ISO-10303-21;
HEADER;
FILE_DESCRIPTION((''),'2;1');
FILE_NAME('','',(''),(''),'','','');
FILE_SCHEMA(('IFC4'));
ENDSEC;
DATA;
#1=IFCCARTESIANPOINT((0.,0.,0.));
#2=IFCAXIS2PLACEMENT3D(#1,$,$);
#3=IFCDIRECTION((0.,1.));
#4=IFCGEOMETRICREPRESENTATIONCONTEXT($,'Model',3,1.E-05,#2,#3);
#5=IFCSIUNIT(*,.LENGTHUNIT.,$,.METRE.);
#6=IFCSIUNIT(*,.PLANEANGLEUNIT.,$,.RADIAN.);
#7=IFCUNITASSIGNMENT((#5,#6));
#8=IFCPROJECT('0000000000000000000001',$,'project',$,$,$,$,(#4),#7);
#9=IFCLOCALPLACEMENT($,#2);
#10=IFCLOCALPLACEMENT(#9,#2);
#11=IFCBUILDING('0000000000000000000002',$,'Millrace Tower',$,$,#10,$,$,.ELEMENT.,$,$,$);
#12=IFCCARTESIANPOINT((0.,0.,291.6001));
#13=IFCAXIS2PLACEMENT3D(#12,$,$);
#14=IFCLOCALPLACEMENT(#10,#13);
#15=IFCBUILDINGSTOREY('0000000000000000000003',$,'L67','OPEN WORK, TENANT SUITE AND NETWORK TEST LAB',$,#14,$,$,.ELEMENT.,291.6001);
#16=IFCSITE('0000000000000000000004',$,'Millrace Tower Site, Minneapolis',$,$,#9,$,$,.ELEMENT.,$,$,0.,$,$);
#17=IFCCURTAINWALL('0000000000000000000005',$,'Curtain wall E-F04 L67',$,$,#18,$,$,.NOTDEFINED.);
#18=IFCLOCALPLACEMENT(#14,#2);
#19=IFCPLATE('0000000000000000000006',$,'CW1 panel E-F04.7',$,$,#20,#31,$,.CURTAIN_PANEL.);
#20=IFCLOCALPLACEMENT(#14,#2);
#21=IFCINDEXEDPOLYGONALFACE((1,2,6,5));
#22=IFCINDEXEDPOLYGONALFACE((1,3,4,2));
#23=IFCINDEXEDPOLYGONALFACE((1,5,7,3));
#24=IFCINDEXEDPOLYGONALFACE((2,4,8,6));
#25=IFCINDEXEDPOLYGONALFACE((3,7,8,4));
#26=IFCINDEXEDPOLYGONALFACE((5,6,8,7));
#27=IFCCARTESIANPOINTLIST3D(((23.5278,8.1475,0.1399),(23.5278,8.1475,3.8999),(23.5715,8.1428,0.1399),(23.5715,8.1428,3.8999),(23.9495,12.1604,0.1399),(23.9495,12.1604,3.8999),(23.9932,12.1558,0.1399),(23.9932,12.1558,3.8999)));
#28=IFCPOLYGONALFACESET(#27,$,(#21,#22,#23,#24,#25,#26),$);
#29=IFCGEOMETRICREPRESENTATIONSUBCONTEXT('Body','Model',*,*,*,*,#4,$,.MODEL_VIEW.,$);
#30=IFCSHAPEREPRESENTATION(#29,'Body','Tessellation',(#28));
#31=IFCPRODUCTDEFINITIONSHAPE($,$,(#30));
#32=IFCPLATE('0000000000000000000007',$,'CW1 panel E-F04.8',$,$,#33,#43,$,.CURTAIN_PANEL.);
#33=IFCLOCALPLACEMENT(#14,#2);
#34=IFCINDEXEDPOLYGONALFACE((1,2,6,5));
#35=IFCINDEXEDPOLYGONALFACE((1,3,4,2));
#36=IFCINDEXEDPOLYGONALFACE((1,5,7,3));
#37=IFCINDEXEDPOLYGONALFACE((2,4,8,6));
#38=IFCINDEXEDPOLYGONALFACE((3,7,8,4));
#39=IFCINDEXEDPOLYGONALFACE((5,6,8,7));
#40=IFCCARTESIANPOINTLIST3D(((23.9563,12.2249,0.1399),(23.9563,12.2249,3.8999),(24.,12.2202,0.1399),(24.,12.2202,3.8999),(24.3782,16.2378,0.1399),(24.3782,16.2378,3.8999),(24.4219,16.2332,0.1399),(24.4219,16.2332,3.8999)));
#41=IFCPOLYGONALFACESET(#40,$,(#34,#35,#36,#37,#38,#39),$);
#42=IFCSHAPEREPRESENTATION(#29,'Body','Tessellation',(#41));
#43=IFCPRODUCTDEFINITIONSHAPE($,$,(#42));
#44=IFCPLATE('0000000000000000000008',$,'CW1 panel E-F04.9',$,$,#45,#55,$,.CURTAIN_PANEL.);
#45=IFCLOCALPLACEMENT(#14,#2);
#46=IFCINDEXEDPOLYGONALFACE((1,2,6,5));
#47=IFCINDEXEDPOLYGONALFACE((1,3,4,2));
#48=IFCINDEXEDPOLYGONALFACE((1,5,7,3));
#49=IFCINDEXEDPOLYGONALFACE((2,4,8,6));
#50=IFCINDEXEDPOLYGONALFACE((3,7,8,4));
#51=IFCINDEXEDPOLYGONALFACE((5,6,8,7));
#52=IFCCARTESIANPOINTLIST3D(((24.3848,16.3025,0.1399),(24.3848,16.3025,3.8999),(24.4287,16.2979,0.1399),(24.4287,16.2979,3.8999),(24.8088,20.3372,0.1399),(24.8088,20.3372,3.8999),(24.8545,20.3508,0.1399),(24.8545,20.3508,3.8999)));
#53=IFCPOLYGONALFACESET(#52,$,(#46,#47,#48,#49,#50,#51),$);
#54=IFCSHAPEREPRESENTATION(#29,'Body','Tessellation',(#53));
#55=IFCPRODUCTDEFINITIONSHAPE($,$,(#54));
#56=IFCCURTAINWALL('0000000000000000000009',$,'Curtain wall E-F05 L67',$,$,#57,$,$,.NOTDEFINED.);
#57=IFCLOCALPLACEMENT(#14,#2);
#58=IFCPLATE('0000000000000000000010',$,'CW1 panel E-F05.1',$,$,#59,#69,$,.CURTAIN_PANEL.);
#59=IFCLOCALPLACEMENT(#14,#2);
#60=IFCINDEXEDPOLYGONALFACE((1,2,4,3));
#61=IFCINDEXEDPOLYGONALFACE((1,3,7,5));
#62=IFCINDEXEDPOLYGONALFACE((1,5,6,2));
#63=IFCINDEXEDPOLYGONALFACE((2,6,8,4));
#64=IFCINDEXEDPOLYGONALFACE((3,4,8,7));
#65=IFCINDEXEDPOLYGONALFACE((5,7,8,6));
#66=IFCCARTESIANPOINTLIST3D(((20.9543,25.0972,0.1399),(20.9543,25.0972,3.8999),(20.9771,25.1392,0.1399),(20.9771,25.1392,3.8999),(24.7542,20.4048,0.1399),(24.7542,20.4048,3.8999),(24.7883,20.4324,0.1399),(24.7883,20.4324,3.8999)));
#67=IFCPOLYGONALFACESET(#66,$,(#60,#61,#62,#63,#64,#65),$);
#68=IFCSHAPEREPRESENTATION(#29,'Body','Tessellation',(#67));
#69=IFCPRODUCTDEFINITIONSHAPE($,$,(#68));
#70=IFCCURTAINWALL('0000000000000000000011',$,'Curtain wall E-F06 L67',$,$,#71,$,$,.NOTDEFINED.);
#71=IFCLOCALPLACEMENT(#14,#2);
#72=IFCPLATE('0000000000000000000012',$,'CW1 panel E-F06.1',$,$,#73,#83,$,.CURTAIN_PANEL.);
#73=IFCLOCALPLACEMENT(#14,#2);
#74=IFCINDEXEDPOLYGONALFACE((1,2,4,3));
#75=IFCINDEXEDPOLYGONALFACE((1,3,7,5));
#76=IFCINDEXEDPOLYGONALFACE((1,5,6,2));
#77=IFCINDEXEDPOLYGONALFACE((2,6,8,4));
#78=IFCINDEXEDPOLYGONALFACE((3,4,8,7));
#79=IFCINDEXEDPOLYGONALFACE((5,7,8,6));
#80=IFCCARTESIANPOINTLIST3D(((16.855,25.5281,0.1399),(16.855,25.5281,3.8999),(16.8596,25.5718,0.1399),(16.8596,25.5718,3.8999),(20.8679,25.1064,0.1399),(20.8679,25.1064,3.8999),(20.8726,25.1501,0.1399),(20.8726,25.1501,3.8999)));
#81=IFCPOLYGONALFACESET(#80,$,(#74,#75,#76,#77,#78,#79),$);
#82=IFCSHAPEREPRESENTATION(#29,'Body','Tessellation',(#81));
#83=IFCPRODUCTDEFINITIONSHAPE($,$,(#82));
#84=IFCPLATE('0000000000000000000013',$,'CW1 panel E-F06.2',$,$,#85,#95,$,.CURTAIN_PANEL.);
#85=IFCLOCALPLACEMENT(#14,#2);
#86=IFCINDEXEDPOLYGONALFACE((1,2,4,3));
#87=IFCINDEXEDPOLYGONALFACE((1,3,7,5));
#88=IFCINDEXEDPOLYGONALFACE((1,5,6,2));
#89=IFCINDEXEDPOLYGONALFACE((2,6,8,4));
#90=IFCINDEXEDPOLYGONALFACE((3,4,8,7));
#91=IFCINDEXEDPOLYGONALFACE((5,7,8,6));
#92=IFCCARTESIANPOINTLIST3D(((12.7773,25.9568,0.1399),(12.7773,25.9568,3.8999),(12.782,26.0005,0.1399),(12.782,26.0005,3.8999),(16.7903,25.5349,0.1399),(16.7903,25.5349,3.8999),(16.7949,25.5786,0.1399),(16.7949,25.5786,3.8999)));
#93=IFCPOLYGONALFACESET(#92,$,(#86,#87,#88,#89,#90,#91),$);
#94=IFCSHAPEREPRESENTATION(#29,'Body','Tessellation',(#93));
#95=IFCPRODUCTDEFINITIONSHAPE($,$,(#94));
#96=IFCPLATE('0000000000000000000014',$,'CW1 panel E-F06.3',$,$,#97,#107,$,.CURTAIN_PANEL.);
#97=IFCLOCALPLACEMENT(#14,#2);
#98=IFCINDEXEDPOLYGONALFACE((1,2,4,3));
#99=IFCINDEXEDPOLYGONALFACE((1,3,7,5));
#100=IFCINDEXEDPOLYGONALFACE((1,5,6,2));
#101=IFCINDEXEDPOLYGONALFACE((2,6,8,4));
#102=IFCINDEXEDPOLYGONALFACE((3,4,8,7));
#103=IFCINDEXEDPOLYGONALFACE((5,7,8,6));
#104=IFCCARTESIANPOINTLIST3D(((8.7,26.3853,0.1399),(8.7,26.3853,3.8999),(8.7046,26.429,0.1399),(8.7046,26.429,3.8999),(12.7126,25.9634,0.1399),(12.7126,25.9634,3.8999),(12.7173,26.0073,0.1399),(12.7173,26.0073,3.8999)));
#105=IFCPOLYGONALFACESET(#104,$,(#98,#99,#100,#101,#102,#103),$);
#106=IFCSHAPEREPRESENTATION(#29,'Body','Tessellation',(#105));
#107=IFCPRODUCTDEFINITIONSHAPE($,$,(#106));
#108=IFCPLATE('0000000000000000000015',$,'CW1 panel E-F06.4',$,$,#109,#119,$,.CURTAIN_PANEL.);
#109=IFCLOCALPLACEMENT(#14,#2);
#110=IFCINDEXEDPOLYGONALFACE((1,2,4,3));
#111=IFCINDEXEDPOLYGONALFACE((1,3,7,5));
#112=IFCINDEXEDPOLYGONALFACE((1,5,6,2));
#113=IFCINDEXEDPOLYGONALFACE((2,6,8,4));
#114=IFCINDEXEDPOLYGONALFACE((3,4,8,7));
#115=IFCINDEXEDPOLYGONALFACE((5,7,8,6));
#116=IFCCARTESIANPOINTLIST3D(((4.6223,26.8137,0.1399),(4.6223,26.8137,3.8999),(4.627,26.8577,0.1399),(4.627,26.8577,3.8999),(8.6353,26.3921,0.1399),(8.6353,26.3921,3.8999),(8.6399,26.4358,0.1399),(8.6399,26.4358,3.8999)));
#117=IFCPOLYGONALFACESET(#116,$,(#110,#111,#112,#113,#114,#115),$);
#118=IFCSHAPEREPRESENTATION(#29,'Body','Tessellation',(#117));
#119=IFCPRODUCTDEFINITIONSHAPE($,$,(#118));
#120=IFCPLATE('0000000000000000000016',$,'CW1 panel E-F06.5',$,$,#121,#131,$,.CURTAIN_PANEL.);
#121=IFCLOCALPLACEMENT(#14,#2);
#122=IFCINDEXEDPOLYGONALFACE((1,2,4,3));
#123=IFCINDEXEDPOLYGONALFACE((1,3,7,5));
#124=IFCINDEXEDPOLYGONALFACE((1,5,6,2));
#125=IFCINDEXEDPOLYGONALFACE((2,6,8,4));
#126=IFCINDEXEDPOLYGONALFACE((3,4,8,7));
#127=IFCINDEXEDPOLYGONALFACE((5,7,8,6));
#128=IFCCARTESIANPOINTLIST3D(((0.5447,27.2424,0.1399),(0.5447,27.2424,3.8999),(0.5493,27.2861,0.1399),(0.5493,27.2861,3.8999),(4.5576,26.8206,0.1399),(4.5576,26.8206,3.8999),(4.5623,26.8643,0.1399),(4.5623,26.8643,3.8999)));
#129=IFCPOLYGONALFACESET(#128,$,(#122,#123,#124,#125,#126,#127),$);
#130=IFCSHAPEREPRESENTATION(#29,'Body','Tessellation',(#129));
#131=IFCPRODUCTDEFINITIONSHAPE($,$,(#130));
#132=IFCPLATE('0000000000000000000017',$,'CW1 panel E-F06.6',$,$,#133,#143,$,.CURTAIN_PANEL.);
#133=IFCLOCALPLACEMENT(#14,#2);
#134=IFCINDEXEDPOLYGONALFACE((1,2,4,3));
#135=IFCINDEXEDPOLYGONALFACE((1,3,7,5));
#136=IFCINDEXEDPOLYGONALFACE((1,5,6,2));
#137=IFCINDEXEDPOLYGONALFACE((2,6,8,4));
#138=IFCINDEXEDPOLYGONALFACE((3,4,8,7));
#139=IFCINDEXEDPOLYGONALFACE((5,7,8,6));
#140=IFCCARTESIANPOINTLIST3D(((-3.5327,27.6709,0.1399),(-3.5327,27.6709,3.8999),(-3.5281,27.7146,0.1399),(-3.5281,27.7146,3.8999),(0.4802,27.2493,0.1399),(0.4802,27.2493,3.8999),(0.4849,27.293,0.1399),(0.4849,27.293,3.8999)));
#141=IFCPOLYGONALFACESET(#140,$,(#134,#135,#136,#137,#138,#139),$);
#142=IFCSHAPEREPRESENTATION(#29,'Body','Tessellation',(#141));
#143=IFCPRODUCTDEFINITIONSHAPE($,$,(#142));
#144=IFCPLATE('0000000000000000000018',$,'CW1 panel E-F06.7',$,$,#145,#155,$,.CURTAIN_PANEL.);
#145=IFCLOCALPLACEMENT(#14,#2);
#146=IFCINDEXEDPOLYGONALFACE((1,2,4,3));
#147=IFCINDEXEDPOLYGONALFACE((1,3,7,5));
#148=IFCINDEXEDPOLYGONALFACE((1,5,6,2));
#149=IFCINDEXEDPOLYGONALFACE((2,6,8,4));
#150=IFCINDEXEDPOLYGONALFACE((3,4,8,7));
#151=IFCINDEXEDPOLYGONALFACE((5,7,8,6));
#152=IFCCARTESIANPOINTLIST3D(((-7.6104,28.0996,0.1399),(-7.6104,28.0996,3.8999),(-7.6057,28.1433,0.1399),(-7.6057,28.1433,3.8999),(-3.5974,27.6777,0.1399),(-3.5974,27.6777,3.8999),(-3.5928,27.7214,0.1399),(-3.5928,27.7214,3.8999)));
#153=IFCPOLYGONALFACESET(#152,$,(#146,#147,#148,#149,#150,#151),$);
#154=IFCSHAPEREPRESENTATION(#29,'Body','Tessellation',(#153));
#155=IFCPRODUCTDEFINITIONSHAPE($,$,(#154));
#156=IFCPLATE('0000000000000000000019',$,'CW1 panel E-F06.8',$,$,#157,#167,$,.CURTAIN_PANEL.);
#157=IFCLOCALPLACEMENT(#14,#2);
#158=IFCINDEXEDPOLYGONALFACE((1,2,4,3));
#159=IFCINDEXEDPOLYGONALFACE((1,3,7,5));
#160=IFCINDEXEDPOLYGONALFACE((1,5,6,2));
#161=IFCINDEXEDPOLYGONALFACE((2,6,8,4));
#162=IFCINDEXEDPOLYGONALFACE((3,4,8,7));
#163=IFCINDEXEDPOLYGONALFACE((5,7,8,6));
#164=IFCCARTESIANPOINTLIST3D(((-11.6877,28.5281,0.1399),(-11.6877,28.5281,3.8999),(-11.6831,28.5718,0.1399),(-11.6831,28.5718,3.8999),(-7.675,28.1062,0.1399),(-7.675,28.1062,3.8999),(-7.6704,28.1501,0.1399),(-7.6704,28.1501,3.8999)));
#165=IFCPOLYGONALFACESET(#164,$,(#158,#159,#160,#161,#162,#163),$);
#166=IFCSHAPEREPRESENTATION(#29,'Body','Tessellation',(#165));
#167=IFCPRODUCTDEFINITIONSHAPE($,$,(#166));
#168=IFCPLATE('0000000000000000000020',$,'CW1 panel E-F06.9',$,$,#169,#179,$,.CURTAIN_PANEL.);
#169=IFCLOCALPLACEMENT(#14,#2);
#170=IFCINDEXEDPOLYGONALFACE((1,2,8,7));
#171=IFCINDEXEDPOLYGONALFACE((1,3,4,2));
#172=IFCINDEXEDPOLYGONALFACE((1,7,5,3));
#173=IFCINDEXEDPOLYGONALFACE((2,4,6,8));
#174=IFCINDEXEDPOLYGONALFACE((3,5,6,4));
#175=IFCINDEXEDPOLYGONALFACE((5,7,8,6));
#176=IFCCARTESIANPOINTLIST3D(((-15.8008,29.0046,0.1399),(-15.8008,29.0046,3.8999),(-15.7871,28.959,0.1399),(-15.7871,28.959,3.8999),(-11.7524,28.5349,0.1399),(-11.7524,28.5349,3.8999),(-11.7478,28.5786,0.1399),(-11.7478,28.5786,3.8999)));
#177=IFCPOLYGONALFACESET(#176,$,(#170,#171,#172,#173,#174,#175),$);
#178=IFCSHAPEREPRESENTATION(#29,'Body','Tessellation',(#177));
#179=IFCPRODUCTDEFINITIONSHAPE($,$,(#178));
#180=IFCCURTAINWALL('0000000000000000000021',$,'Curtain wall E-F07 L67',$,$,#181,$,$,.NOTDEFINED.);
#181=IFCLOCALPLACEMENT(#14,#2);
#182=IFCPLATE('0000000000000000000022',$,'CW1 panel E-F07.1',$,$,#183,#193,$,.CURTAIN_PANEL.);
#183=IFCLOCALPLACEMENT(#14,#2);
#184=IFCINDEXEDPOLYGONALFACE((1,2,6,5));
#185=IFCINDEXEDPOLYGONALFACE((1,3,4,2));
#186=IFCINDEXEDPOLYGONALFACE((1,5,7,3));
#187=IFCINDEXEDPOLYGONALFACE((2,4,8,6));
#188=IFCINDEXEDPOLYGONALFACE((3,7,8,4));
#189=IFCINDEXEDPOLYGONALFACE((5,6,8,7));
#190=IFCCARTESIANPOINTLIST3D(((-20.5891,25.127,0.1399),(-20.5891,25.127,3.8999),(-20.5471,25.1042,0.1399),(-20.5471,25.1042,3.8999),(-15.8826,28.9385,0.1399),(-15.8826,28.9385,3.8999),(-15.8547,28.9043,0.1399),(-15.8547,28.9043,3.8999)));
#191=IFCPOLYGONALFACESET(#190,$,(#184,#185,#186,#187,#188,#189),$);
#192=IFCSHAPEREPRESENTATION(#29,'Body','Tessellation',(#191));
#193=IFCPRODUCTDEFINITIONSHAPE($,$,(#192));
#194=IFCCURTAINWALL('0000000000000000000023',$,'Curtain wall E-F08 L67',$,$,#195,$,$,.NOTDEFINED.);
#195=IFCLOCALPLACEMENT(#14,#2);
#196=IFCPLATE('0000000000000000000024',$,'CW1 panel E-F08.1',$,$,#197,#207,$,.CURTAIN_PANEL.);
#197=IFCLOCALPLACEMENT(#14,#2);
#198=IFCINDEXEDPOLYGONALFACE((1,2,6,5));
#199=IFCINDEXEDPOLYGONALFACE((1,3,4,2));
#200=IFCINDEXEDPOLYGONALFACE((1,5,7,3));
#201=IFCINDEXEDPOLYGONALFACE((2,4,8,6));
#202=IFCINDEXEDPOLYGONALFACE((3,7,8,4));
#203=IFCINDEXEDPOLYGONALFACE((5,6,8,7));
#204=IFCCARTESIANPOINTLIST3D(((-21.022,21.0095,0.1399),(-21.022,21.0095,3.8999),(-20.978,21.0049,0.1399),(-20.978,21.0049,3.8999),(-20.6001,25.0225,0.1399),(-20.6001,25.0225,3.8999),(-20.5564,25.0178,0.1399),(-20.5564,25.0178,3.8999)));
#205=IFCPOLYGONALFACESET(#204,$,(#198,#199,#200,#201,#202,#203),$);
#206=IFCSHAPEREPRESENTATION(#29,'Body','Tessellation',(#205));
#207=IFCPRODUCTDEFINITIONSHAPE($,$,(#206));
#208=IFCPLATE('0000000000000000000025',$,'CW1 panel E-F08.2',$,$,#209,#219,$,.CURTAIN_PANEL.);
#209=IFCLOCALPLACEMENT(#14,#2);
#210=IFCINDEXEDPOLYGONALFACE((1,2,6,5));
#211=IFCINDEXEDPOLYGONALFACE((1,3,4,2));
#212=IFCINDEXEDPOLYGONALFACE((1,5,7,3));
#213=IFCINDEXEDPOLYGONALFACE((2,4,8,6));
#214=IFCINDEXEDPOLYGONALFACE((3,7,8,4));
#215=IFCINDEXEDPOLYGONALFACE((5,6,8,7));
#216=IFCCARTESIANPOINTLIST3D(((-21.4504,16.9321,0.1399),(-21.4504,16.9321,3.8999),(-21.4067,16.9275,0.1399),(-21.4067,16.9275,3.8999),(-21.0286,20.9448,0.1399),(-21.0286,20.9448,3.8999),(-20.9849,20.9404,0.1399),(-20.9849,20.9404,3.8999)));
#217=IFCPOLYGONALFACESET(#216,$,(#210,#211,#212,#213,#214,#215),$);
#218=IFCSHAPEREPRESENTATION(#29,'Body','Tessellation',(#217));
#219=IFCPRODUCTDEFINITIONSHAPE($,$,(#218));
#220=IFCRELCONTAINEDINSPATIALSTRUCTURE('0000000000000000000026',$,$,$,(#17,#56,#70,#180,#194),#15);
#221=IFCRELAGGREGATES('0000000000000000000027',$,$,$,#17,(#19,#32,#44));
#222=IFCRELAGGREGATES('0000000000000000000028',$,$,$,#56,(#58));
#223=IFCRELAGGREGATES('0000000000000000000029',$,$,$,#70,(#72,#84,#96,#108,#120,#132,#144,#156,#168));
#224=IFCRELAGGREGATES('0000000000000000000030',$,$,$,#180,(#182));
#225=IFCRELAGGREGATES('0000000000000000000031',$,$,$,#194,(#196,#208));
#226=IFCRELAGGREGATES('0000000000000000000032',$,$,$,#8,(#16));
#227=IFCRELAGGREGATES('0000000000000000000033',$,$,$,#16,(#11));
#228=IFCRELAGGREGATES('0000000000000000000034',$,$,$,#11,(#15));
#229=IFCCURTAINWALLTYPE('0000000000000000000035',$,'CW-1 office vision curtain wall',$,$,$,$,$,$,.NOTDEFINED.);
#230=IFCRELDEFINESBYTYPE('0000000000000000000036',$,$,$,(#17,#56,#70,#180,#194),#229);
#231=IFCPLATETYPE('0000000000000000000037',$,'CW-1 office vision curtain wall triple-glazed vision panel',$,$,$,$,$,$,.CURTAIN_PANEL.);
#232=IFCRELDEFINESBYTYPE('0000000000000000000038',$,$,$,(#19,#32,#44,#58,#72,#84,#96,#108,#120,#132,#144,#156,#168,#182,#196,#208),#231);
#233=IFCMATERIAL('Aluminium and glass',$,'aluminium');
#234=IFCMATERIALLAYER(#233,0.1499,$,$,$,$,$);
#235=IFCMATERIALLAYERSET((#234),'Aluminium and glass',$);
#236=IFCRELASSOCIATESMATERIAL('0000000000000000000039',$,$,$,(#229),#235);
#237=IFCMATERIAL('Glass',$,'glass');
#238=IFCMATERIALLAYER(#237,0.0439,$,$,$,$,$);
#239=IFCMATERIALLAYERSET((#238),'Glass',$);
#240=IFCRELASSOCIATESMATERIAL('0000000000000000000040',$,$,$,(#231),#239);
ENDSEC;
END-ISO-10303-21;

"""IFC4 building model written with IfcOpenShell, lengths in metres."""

from ifc_helpers import new_model, si_unit, direction, frame, origin, place, context, subcontext, project, spatial, polyline, outline, extrude, material, layer, layer_set, type_object, element, aggregate, save


model = new_model("IFC4")

# Units and contexts
model_context = context("Model", 3, precision=1e-05, world=origin(), true_north=direction((0.0, 1.0)))
body_context = subcontext(model_context, "Body", "Model", "MODEL_VIEW")
ifc_project = project(units=[si_unit("LENGTHUNIT", "METRE"), si_unit("PLANEANGLEUNIT", "RADIAN")], contexts=[model_context])

# Site, building, storey
site_placement = place(None, origin())
site = spatial("IfcSite", under=ifc_project, at=site_placement, Name="Millrace Tower Site, Minneapolis", CompositionType="ELEMENT", RefElevation=0.0)
building_placement = place(site_placement, origin())
building = spatial("IfcBuilding", under=site, at=building_placement, Name="Millrace Tower", CompositionType="ELEMENT")
storey_placement = place(building_placement, frame((0.0, 0.0, 291.6001)))
storey = spatial("IfcBuildingStorey", under=building, at=storey_placement, Name="L67", Description="OPEN WORK, TENANT SUITE AND NETWORK TEST LAB", CompositionType="ELEMENT", Elevation=291.6001)

# Curtain wall, plates
ifc_material_1 = material(Name="Aluminium and glass", Category="aluminium")
ifc_layer_1 = layer(ifc_material_1, 0.1499)
ifc_layer_set_1 = layer_set([ifc_layer_1], Name="Aluminium and glass")
curtain_wall_type = type_object("IfcCurtainWallType", Name="CW-1 office vision curtain wall", PredefinedType="NOTDEFINED", material=ifc_layer_set_1)
placement_1 = place(storey_placement, origin())
curtain_wall_1 = element("IfcCurtainWall", 1, at=placement_1, inside=storey, type_object=curtain_wall_type, Name="Curtain wall E-F04 L67", PredefinedType="NOTDEFINED")
ifc_material_2 = material(Name="Glass", Category="glass")
ifc_layer_2 = layer(ifc_material_2, 0.0439)
ifc_layer_set_2 = layer_set([ifc_layer_2], Name="Glass")
plate_type = type_object("IfcPlateType", Name="CW-1 office vision curtain wall triple-glazed vision panel", PredefinedType="CURTAIN_PANEL", material=ifc_layer_set_2)
placement_2 = place(storey_placement, frame((0.0, 0.0, 0.1399)))
plate_1 = element("IfcPlate", 2, at=placement_2, type_object=plate_type, Name="CW1 panel E-F04.7", PredefinedType="CURTAIN_PANEL", context=body_context, shape_type="SweptSolid", body=[
    extrude(outline(polyline([(23.5715, 8.1428), (23.9932, 12.1558), (23.9495, 12.1604), (23.5278, 8.1475), (23.5715, 8.1428)])), origin(), (0.0, 0.0, 1.0), 3.76),
])
plate_2 = element("IfcPlate", 3, at=placement_2, type_object=plate_type, Name="CW1 panel E-F04.8", PredefinedType="CURTAIN_PANEL", context=body_context, shape_type="SweptSolid", body=[
    extrude(outline(polyline([(24.0, 12.2202), (24.4219, 16.2332), (24.3782, 16.2378), (23.9563, 12.2249), (24.0, 12.2202)])), origin(), (0.0, 0.0, 1.0), 3.76),
])
plate_3 = element("IfcPlate", 4, at=placement_2, type_object=plate_type, Name="CW1 panel E-F04.9", PredefinedType="CURTAIN_PANEL", context=body_context, shape_type="SweptSolid", body=[
    extrude(outline(polyline([(24.4287, 16.2979), (24.8545, 20.3508), (24.8088, 20.3372), (24.3848, 16.3025), (24.4287, 16.2979)])), origin(), (0.0, 0.0, 1.0), 3.76),
])
aggregate(curtain_wall_1, [plate_1, plate_2, plate_3])

# Curtain wall, plate
curtain_wall_2 = element("IfcCurtainWall", 5, at=placement_1, inside=storey, type_object=curtain_wall_type, Name="Curtain wall E-F05 L67", PredefinedType="NOTDEFINED")
plate_4 = element("IfcPlate", 6, at=placement_2, type_object=plate_type, Name="CW1 panel E-F05.1", PredefinedType="CURTAIN_PANEL", context=body_context, shape_type="SweptSolid", body=[
    extrude(outline(polyline([(24.7883, 20.4324), (20.9771, 25.1392), (20.9543, 25.0972), (24.7542, 20.4048), (24.7883, 20.4324)])), origin(), (0.0, 0.0, 1.0), 3.76),
])
aggregate(curtain_wall_2, [plate_4])

# Curtain wall, plates
curtain_wall_3 = element("IfcCurtainWall", 7, at=placement_1, inside=storey, type_object=curtain_wall_type, Name="Curtain wall E-F06 L67", PredefinedType="NOTDEFINED")
plate_5 = element("IfcPlate", 8, at=placement_2, type_object=plate_type, Name="CW1 panel E-F06.1", PredefinedType="CURTAIN_PANEL", context=body_context, shape_type="SweptSolid", body=[
    extrude(outline(polyline([(20.8726, 25.1501), (16.8596, 25.5718), (16.855, 25.5281), (20.8679, 25.1064), (20.8726, 25.1501)])), origin(), (0.0, 0.0, 1.0), 3.76),
])
plate_6 = element("IfcPlate", 9, at=placement_2, type_object=plate_type, Name="CW1 panel E-F06.2", PredefinedType="CURTAIN_PANEL", context=body_context, shape_type="SweptSolid", body=[
    extrude(outline(polyline([(16.7949, 25.5786), (12.782, 26.0005), (12.7773, 25.9568), (16.7903, 25.5349), (16.7949, 25.5786)])), origin(), (0.0, 0.0, 1.0), 3.76),
])
plate_7 = element("IfcPlate", 10, at=placement_2, type_object=plate_type, Name="CW1 panel E-F06.3", PredefinedType="CURTAIN_PANEL", context=body_context, shape_type="SweptSolid", body=[
    extrude(outline(polyline([(12.7173, 26.0073), (8.7046, 26.429), (8.7, 26.3853), (12.7126, 25.9634), (12.7173, 26.0073)])), origin(), (0.0, 0.0, 1.0), 3.76),
])
plate_8 = element("IfcPlate", 11, at=placement_2, type_object=plate_type, Name="CW1 panel E-F06.4", PredefinedType="CURTAIN_PANEL", context=body_context, shape_type="SweptSolid", body=[
    extrude(outline(polyline([(8.6399, 26.4358), (4.627, 26.8577), (4.6223, 26.8137), (8.6353, 26.3921), (8.6399, 26.4358)])), origin(), (0.0, 0.0, 1.0), 3.76),
])
plate_9 = element("IfcPlate", 12, at=placement_2, type_object=plate_type, Name="CW1 panel E-F06.5", PredefinedType="CURTAIN_PANEL", context=body_context, shape_type="SweptSolid", body=[
    extrude(outline(polyline([(4.5623, 26.8643), (0.5493, 27.2861), (0.5447, 27.2424), (4.5576, 26.8206), (4.5623, 26.8643)])), origin(), (0.0, 0.0, 1.0), 3.76),
])
plate_10 = element("IfcPlate", 13, at=placement_2, type_object=plate_type, Name="CW1 panel E-F06.6", PredefinedType="CURTAIN_PANEL", context=body_context, shape_type="SweptSolid", body=[
    extrude(outline(polyline([(0.4849, 27.293), (-3.5281, 27.7146), (-3.5327, 27.6709), (0.4802, 27.2493), (0.4849, 27.293)])), origin(), (0.0, 0.0, 1.0), 3.76),
])
plate_11 = element("IfcPlate", 14, at=placement_2, type_object=plate_type, Name="CW1 panel E-F06.7", PredefinedType="CURTAIN_PANEL", context=body_context, shape_type="SweptSolid", body=[
    extrude(outline(polyline([(-3.5928, 27.7214), (-7.6057, 28.1433), (-7.6104, 28.0996), (-3.5974, 27.6777), (-3.5928, 27.7214)])), origin(), (0.0, 0.0, 1.0), 3.76),
])
plate_12 = element("IfcPlate", 15, at=placement_2, type_object=plate_type, Name="CW1 panel E-F06.8", PredefinedType="CURTAIN_PANEL", context=body_context, shape_type="SweptSolid", body=[
    extrude(outline(polyline([(-7.6704, 28.1501), (-11.6831, 28.5718), (-11.6877, 28.5281), (-7.675, 28.1062), (-7.6704, 28.1501)])), origin(), (0.0, 0.0, 1.0), 3.76),
])
plate_13 = element("IfcPlate", 16, at=placement_2, type_object=plate_type, Name="CW1 panel E-F06.9", PredefinedType="CURTAIN_PANEL", context=body_context, shape_type="SweptSolid", body=[
    extrude(outline(polyline([(-11.7478, 28.5786), (-15.8008, 29.0046), (-15.7871, 28.959), (-11.7524, 28.5349), (-11.7478, 28.5786)])), origin(), (0.0, 0.0, 1.0), 3.76),
])
aggregate(curtain_wall_3, [plate_5, plate_6, plate_7, plate_8, plate_9, plate_10, plate_11, plate_12, plate_13])

# Curtain wall, plate
curtain_wall_4 = element("IfcCurtainWall", 17, at=placement_1, inside=storey, type_object=curtain_wall_type, Name="Curtain wall E-F07 L67", PredefinedType="NOTDEFINED")
plate_14 = element("IfcPlate", 18, at=placement_2, type_object=plate_type, Name="CW1 panel E-F07.1", PredefinedType="CURTAIN_PANEL", context=body_context, shape_type="SweptSolid", body=[
    extrude(outline(polyline([(-15.8826, 28.9385), (-20.5891, 25.127), (-20.5471, 25.1042), (-15.8547, 28.9043), (-15.8826, 28.9385)])), origin(), (0.0, 0.0, 1.0), 3.76),
])
aggregate(curtain_wall_4, [plate_14])

# Curtain wall, plates
curtain_wall_5 = element("IfcCurtainWall", 19, at=placement_1, inside=storey, type_object=curtain_wall_type, Name="Curtain wall E-F08 L67", PredefinedType="NOTDEFINED")
plate_15 = element("IfcPlate", 20, at=placement_2, type_object=plate_type, Name="CW1 panel E-F08.1", PredefinedType="CURTAIN_PANEL", context=body_context, shape_type="SweptSolid", body=[
    extrude(outline(polyline([(-20.6001, 25.0225), (-21.022, 21.0095), (-20.978, 21.0049), (-20.5564, 25.0178), (-20.6001, 25.0225)])), origin(), (0.0, 0.0, 1.0), 3.76),
])
plate_16 = element("IfcPlate", 21, at=placement_2, type_object=plate_type, Name="CW1 panel E-F08.2", PredefinedType="CURTAIN_PANEL", context=body_context, shape_type="SweptSolid", body=[
    extrude(outline(polyline([(-21.0286, 20.9448), (-21.4504, 16.9321), (-21.4067, 16.9275), (-20.9849, 20.9404), (-21.0286, 20.9448)])), origin(), (0.0, 0.0, 1.0), 3.76),
])
aggregate(curtain_wall_5, [plate_15, plate_16])

save(model, "model.ifc")
